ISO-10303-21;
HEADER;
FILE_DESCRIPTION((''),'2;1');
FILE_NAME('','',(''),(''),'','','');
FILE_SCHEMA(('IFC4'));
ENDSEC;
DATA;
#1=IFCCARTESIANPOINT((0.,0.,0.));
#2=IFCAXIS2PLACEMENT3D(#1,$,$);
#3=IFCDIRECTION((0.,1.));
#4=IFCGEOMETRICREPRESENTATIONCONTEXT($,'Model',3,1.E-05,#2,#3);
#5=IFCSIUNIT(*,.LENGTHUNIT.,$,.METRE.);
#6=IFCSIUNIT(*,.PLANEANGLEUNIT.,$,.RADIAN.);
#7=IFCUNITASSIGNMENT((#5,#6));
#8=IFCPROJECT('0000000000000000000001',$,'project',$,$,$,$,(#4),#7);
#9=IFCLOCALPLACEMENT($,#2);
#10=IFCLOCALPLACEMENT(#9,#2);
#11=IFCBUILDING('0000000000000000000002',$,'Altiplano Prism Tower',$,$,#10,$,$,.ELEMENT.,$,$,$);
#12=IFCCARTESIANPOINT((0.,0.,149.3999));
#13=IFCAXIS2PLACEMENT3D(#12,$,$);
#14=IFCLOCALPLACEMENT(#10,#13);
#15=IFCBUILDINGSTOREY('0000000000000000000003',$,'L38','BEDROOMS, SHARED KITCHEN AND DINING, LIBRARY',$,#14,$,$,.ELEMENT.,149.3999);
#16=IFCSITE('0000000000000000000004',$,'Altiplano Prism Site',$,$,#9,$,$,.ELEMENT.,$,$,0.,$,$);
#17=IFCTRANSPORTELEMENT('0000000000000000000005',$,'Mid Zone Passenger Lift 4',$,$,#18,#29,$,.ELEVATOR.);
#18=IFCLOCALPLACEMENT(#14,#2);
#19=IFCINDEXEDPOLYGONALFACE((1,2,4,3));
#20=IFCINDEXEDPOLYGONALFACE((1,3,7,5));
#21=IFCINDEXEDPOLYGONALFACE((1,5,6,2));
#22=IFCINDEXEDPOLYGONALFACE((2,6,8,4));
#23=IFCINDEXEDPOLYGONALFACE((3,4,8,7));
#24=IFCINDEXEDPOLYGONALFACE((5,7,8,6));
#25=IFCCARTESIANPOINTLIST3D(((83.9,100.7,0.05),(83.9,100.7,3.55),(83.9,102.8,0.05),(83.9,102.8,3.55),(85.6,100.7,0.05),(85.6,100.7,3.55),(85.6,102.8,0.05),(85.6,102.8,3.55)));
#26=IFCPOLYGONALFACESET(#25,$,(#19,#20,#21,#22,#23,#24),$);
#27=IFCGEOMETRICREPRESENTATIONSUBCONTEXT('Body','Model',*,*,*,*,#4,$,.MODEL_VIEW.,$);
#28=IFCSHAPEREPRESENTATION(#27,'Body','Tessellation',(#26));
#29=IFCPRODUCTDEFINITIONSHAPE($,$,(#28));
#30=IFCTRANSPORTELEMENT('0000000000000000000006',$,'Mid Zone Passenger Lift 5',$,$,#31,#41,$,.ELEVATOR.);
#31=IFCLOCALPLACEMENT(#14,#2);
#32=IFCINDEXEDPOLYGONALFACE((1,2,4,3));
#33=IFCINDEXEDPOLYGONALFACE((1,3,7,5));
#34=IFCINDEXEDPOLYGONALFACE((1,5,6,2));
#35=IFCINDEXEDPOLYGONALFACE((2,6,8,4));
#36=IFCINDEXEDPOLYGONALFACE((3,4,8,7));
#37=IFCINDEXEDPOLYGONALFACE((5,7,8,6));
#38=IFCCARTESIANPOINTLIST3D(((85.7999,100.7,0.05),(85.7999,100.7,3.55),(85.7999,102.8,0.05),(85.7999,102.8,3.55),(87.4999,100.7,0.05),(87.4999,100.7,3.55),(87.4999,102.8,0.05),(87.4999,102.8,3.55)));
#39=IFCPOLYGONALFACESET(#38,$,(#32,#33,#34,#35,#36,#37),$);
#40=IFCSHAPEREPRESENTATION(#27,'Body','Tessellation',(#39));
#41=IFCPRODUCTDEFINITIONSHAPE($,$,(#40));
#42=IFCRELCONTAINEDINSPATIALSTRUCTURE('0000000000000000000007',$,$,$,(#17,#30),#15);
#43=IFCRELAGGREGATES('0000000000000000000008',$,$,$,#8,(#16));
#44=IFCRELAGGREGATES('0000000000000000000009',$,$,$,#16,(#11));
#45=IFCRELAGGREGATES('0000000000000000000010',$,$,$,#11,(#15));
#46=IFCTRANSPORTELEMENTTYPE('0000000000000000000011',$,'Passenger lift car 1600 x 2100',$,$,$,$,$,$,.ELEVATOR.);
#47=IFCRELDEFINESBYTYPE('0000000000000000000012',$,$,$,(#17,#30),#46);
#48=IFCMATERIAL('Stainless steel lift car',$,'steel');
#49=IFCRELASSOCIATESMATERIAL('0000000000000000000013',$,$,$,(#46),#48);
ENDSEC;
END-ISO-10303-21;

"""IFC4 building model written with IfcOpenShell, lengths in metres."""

from ifc_helpers import new_model, si_unit, direction, frame, origin, origin_2d, place, context, subcontext, project, spatial, rectangle, extrude, material, type_object, element, save


model = new_model("IFC4")

# Units and contexts
model_context = context("Model", 3, precision=1e-05, world=origin(), true_north=direction((0.0, 1.0)))
body_context = subcontext(model_context, "Body", "Model", "MODEL_VIEW")
ifc_project = project(units=[si_unit("LENGTHUNIT", "METRE"), si_unit("PLANEANGLEUNIT", "RADIAN")], contexts=[model_context])

# Site, building, storey
site_placement = place(None, origin())
site = spatial("IfcSite", under=ifc_project, at=site_placement, Name="Altiplano Prism Site", CompositionType="ELEMENT", RefElevation=0.0)
building_placement = place(site_placement, origin())
building = spatial("IfcBuilding", under=site, at=building_placement, Name="Altiplano Prism Tower", CompositionType="ELEMENT")
storey_placement = place(building_placement, frame((0.0, 0.0, 149.3999)))
storey = spatial("IfcBuildingStorey", under=building, at=storey_placement, Name="L38", Description="BEDROOMS, SHARED KITCHEN AND DINING, LIBRARY", CompositionType="ELEMENT", Elevation=149.3999)

# Transport elements
ifc_material_1 = material(Name="Stainless steel lift car", Category="steel")
transport_element_type = type_object("IfcTransportElementType", Name="Passenger lift car 1600 x 2100", PredefinedType="ELEVATOR", material=ifc_material_1)
for number, where, z_axis, x_axis, name in (
    (1, (84.75, 101.75, 0.05), (0.0, 0.0, 1.0), (1.0, 0.0, 0.0), "Mid Zone Passenger Lift 4"),
    (2, (86.6499, 101.75, 0.05), (0.0, 0.0, 1.0), (1.0, 0.0, 0.0), "Mid Zone Passenger Lift 5"),
):
    element("IfcTransportElement", number, at=place(storey_placement, frame(where, z_axis=z_axis, x_axis=x_axis)), inside=storey, type_object=transport_element_type, Name=name, PredefinedType="ELEVATOR", context=body_context, shape_type="SweptSolid", body=[
        extrude(rectangle(XDim=1.7, YDim=2.1001, at=origin_2d()), origin(), (0.0, 0.0, 1.0), 3.5),
    ])

save(model, "model.ifc")
